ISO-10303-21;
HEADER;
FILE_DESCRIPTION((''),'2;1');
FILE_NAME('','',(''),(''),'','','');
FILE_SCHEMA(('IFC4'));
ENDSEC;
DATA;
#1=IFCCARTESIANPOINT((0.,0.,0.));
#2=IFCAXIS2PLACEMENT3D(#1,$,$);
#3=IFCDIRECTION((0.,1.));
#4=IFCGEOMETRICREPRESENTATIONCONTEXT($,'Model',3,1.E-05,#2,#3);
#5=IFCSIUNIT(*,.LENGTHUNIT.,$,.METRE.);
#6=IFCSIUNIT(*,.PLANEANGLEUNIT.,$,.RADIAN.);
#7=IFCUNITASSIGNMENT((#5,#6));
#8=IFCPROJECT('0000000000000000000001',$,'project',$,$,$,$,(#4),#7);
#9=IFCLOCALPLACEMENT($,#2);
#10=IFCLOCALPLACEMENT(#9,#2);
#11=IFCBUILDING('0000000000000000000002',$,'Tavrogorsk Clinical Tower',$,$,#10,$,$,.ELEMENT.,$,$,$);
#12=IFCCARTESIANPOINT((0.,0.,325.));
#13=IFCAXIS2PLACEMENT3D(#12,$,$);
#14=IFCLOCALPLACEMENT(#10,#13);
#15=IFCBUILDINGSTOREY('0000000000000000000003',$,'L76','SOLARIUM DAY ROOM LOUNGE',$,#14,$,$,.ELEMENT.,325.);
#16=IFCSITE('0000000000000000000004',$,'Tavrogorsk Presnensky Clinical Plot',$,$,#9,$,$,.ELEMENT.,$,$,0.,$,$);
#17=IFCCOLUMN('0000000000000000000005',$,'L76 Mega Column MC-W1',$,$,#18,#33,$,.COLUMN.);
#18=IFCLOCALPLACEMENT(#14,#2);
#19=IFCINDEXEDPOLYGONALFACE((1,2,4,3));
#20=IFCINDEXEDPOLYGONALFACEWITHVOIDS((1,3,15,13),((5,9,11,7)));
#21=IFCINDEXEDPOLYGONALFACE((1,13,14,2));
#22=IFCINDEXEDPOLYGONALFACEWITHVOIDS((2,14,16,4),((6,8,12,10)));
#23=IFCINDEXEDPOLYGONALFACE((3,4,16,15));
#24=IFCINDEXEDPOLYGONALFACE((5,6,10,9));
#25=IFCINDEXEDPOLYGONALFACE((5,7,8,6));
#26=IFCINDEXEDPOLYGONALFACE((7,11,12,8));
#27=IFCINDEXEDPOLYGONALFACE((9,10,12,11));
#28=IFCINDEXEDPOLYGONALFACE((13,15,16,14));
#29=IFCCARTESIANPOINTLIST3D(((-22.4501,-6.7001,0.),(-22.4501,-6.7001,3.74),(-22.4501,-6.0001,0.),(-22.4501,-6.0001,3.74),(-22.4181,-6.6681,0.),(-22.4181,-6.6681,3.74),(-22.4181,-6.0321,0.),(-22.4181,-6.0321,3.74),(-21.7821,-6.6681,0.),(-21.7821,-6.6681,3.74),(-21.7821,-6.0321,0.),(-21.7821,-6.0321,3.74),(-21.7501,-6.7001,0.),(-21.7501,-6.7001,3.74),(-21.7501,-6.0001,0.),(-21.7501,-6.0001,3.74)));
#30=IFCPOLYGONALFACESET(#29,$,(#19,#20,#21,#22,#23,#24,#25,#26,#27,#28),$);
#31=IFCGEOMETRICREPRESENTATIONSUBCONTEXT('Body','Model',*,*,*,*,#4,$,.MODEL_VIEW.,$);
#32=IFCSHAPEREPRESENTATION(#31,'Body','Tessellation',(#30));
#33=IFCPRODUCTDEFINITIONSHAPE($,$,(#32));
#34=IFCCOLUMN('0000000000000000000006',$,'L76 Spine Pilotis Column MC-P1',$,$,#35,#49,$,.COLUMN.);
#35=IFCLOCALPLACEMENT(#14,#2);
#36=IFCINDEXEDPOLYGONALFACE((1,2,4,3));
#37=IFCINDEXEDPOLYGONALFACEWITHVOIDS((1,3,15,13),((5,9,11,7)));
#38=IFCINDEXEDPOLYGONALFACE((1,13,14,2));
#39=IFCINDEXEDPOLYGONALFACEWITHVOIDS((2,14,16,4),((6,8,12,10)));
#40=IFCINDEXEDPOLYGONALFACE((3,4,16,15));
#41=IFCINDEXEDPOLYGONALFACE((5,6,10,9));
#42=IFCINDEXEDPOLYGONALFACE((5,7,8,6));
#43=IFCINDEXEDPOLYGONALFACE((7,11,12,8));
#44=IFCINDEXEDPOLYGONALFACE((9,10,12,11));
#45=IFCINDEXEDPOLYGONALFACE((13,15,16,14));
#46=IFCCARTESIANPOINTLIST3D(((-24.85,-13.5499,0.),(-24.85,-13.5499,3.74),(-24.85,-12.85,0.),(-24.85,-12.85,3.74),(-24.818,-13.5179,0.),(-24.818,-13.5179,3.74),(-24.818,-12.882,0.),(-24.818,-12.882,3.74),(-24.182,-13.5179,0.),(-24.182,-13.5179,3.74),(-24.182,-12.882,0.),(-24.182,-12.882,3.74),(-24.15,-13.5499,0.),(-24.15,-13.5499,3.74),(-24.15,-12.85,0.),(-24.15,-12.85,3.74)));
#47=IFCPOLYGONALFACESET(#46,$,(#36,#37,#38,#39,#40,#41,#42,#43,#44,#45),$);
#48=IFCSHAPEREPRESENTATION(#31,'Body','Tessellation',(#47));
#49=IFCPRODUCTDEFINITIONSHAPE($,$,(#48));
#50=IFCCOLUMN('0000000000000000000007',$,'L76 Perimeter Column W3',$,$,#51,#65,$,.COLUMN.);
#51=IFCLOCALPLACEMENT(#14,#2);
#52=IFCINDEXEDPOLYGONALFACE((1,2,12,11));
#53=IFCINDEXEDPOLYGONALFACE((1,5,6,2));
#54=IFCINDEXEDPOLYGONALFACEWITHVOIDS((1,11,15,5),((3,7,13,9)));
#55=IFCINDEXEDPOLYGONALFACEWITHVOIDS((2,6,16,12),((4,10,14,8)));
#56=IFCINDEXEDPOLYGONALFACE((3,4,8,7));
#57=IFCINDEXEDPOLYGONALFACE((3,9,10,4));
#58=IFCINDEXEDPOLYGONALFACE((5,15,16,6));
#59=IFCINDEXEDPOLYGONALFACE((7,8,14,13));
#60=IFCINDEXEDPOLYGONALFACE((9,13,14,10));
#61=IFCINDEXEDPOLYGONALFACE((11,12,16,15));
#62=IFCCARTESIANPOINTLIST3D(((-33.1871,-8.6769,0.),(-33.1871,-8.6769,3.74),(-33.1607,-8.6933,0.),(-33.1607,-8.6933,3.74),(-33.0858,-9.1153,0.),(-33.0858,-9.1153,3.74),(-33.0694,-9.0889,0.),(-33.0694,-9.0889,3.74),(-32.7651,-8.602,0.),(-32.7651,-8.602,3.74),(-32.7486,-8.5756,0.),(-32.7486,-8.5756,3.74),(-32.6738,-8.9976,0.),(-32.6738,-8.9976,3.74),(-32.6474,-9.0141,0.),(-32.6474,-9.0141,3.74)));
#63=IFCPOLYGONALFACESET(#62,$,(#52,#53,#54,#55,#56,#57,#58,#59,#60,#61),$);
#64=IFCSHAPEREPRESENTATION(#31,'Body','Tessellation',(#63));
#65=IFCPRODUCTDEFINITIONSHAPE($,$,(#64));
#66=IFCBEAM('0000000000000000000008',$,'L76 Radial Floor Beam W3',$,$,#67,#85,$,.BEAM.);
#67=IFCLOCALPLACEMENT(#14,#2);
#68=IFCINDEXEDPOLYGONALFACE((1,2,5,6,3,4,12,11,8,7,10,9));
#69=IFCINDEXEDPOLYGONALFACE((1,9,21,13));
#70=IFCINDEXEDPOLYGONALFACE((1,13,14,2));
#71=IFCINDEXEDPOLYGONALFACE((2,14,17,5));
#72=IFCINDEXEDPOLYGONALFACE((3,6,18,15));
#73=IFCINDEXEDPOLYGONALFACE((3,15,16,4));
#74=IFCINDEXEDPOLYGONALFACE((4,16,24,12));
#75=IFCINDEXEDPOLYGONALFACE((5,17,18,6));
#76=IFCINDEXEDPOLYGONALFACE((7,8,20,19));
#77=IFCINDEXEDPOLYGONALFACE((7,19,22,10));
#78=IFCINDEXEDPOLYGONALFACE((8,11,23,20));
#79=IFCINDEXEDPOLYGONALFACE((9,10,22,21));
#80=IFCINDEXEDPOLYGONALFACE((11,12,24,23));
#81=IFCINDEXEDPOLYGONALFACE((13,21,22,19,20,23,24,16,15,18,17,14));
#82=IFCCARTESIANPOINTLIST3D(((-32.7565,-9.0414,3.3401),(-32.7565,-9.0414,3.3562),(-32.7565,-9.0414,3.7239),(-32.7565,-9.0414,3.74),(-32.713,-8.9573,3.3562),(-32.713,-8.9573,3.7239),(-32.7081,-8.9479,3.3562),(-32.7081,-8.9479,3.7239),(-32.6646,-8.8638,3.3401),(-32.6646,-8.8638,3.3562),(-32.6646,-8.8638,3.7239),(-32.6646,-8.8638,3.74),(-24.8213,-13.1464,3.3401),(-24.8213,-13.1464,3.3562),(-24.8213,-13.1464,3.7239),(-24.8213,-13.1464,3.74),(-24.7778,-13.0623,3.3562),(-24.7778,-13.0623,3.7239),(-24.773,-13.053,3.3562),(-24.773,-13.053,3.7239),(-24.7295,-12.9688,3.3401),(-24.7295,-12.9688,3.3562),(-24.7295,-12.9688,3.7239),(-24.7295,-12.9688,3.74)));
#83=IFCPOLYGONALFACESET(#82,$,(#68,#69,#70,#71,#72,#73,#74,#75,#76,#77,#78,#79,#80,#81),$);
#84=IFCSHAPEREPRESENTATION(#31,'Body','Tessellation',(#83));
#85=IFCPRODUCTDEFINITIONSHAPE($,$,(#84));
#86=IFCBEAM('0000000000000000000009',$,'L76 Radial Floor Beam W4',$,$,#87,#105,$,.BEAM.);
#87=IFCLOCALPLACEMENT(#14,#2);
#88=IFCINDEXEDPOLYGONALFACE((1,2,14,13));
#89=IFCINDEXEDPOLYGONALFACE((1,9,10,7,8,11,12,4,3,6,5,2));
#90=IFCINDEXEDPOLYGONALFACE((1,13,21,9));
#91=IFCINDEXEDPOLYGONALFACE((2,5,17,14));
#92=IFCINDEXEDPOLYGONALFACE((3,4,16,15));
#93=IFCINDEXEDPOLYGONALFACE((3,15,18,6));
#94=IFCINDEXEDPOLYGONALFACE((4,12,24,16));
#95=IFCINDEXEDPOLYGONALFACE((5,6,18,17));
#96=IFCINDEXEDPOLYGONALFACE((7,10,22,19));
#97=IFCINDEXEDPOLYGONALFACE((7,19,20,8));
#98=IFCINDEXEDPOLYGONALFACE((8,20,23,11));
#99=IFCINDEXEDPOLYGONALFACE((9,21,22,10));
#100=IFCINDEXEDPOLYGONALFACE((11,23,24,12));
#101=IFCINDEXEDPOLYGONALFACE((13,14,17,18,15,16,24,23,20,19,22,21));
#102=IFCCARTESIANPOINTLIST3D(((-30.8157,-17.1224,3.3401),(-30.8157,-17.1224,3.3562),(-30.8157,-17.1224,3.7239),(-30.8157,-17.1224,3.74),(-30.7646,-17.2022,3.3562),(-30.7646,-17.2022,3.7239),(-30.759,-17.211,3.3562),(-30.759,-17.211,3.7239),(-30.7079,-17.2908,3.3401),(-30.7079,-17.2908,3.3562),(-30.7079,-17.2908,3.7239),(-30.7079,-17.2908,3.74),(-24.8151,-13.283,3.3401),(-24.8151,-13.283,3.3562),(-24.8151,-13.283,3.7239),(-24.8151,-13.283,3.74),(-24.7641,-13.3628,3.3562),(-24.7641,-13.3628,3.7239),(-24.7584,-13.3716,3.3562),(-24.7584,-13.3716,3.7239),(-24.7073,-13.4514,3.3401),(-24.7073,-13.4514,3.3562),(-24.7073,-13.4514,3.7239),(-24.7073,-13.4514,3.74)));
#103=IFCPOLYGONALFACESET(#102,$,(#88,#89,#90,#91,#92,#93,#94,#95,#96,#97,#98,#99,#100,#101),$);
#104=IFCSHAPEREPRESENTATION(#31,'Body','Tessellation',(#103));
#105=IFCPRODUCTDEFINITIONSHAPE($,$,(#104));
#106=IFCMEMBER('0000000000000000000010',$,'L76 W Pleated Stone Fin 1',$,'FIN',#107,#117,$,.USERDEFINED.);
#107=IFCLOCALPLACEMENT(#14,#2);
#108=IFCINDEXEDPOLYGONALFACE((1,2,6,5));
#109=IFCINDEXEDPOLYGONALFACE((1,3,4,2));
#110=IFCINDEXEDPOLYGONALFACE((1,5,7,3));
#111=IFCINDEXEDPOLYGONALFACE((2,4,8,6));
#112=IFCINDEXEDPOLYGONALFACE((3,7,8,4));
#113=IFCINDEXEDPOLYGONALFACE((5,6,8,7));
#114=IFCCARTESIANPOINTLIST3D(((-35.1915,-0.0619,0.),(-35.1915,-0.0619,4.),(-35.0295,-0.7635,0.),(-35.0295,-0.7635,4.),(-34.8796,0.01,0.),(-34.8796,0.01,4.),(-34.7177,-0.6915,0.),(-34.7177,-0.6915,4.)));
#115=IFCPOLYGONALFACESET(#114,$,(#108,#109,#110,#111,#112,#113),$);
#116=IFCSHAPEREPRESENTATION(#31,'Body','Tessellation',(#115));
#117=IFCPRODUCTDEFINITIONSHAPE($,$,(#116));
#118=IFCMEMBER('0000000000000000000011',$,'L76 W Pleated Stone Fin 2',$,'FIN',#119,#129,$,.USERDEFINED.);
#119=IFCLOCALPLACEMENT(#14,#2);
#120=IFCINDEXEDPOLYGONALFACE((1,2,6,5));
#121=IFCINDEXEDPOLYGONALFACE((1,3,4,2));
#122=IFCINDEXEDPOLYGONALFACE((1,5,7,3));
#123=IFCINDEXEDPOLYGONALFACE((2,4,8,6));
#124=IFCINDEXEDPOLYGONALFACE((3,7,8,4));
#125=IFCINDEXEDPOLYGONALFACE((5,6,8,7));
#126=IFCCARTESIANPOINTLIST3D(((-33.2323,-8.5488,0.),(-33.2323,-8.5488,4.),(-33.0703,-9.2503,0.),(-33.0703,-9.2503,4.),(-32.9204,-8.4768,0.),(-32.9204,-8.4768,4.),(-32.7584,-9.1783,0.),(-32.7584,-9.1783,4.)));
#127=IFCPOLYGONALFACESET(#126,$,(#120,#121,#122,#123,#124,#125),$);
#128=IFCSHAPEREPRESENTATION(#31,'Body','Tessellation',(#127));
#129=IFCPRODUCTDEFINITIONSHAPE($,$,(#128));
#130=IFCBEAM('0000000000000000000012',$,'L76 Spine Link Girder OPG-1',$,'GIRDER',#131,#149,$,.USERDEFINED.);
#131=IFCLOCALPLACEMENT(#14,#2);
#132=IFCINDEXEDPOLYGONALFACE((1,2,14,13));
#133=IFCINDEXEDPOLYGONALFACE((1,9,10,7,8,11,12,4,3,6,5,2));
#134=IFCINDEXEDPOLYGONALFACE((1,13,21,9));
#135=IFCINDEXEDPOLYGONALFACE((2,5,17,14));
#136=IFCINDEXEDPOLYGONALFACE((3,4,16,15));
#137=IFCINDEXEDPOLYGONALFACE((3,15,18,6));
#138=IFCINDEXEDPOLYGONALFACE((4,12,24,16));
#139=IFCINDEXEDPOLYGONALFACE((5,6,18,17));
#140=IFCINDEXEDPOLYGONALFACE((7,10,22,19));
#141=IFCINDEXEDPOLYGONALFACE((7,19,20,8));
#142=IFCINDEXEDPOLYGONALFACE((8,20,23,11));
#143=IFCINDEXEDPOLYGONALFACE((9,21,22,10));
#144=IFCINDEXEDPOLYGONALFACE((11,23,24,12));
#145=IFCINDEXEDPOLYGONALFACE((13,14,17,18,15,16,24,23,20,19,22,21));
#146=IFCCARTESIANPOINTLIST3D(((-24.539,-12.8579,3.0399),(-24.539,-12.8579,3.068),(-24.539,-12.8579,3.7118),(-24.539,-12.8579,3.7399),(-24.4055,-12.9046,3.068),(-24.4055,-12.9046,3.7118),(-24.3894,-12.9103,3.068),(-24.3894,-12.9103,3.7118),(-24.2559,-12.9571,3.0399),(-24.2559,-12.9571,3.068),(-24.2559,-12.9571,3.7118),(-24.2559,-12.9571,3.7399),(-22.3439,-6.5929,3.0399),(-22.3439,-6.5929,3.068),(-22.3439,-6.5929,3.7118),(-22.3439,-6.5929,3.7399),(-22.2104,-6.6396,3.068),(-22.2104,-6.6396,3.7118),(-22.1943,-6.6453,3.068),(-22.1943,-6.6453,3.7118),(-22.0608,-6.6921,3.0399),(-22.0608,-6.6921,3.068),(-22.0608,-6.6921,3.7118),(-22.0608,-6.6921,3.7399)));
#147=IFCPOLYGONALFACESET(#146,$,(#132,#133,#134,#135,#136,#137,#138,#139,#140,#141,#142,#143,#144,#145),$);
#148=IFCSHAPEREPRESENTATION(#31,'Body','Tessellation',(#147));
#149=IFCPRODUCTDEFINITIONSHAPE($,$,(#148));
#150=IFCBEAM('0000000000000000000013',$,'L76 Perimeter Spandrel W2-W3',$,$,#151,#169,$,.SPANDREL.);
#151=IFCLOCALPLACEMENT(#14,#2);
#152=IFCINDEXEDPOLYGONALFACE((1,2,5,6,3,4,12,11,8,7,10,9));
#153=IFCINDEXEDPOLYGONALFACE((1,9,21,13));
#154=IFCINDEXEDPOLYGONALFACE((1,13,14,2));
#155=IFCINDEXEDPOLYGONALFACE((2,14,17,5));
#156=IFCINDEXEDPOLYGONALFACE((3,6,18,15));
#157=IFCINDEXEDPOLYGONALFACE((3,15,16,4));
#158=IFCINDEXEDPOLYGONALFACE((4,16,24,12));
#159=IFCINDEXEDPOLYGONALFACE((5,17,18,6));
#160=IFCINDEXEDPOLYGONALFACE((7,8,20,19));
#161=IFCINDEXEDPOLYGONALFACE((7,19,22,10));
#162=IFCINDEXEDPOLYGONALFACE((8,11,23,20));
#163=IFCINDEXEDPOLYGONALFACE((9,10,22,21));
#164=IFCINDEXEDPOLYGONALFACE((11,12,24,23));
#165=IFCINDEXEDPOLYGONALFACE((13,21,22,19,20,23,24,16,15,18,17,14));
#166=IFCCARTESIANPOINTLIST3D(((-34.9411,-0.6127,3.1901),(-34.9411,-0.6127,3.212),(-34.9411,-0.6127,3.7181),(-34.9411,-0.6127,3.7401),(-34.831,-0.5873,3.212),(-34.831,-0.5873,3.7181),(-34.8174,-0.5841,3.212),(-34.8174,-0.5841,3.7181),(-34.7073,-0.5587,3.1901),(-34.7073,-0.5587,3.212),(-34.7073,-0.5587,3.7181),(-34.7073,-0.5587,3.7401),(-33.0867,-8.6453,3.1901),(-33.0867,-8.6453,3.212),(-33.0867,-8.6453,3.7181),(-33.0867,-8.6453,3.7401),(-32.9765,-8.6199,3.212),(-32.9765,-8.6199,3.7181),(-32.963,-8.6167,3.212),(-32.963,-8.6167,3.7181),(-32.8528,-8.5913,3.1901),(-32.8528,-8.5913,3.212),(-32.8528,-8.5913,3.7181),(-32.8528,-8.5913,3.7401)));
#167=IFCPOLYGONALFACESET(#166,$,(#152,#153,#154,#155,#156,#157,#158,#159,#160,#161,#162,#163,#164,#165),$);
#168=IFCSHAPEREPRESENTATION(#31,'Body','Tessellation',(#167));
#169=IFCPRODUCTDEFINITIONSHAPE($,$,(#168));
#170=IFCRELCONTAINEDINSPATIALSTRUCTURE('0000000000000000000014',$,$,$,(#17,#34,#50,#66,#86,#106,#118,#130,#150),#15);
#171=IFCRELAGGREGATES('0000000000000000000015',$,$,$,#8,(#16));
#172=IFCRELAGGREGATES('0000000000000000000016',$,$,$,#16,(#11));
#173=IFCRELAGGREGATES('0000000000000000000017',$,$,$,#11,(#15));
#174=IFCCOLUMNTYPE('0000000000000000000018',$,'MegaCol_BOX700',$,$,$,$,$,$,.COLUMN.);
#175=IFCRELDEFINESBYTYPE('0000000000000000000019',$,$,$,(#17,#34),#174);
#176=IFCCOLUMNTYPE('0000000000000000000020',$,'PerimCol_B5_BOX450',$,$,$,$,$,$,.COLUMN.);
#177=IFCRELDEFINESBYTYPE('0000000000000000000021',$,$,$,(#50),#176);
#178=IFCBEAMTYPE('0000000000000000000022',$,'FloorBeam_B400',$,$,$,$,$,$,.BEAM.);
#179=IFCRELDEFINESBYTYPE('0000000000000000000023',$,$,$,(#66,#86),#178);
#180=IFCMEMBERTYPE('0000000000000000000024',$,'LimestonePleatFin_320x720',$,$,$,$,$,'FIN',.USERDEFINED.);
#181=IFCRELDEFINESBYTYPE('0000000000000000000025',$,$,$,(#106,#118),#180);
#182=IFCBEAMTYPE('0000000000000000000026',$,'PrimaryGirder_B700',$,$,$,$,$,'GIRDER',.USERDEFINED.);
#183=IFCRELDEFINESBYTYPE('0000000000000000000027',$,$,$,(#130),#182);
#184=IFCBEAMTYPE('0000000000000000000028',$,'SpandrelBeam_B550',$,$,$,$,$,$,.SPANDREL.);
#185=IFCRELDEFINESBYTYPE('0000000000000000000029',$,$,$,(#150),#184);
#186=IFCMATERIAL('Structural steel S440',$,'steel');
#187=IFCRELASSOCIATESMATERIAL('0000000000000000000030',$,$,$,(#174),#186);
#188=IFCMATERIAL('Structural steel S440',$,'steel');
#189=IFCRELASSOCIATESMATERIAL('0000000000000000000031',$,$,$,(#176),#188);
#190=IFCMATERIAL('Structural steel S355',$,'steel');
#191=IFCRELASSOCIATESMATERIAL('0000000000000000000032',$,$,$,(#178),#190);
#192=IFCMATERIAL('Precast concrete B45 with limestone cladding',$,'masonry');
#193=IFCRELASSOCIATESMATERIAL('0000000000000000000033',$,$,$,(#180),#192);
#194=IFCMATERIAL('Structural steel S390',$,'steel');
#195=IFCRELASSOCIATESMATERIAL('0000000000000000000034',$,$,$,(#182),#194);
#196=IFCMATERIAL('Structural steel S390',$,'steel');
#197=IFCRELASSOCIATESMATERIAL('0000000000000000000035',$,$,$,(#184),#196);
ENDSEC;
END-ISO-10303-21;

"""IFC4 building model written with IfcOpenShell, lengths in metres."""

from ifc_helpers import new_model, si_unit, direction, frame, origin, origin_2d, place, context, subcontext, project, spatial, rectangle, hollow_rectangle, i_section, extrude, material, material_profile, profile_set, type_object, element, save


model = new_model("IFC4")

# Units and contexts
model_context = context("Model", 3, precision=1e-05, world=origin(), true_north=direction((0.0, 1.0)))
body_context = subcontext(model_context, "Body", "Model", "MODEL_VIEW")
ifc_project = project(units=[si_unit("LENGTHUNIT", "METRE"), si_unit("PLANEANGLEUNIT", "RADIAN")], contexts=[model_context])

# Site, building, storey
site_placement = place(None, origin())
site = spatial("IfcSite", under=ifc_project, at=site_placement, Name="Tavrogorsk Presnensky Clinical Plot", CompositionType="ELEMENT", RefElevation=0.0)
building_placement = place(site_placement, origin())
building = spatial("IfcBuilding", under=site, at=building_placement, Name="Tavrogorsk Clinical Tower", CompositionType="ELEMENT")
storey_placement = place(building_placement, frame((0.0, 0.0, 325.0)))
storey = spatial("IfcBuildingStorey", under=building, at=storey_placement, Name="L76", Description="SOLARIUM DAY ROOM LOUNGE", CompositionType="ELEMENT", Elevation=325.0)

# Columns
ifc_material_1 = material(Name="Structural steel S440", Category="steel")
ifc_material_profile_1 = material_profile(ifc_material_1, hollow_rectangle(XDim=0.7, YDim=0.7, WallThickness=0.032, at=origin_2d()), Name="BOX-700x700x32")
ifc_profile_set_1 = profile_set([ifc_material_profile_1], Name="Structural steel S440")
column_type_1 = type_object("IfcColumnType", Name="MegaCol_BOX700", PredefinedType="COLUMN", material=ifc_profile_set_1)
for number, where, z_axis, x_axis, name in (
    (1, (-22.1001, -6.3501, 0.0), (0.0, 0.0, 1.0), (1.0, 0.0, 0.0), "L76 Mega Column MC-W1"),
    (2, (-24.5, -13.2, 0.0), (0.0, 0.0, 1.0), (1.0, 0.0, 0.0), "L76 Spine Pilotis Column MC-P1"),
):
    element("IfcColumn", number, at=place(storey_placement, frame(where, z_axis=z_axis, x_axis=x_axis)), inside=storey, type_object=column_type_1, Name=name, PredefinedType="COLUMN", context=body_context, shape_type="SweptSolid", body=[
        extrude(hollow_rectangle(XDim=0.7, YDim=0.7, WallThickness=0.032, at=origin_2d()), origin(), (0.0, 0.0, 1.0), 3.74),
    ])
ifc_material_2 = material(Name="Structural steel S440", Category="steel")
ifc_material_profile_2 = material_profile(ifc_material_2, hollow_rectangle(XDim=0.45, YDim=0.45, WallThickness=0.022, at=origin_2d()), Name="BOX-450x450x22")
ifc_profile_set_2 = profile_set([ifc_material_profile_2], Name="Structural steel S440")
column_type_2 = type_object("IfcColumnType", Name="PerimCol_B5_BOX450", PredefinedType="COLUMN", material=ifc_profile_set_2)
column_placement = place(storey_placement, frame((-32.9172, -8.8455, 0.0), z_axis=(0.0, 0.0, 1.0), x_axis=(0.97437, 0.224951, 0.0)))
element("IfcColumn", 3, at=column_placement, inside=storey, type_object=column_type_2, Name="L76 Perimeter Column W3", PredefinedType="COLUMN", context=body_context, shape_type="SweptSolid", body=[
    extrude(hollow_rectangle(XDim=0.45, YDim=0.45, WallThickness=0.022, at=origin_2d()), origin(), (0.0, 0.0, 1.0), 3.74),
])

# Beams
ifc_material_3 = material(Name="Structural steel S355", Category="steel")
ifc_material_profile_3 = material_profile(ifc_material_3, i_section(OverallWidth=0.2, OverallDepth=0.3999, WebThickness=0.0105, FlangeThickness=0.0161, at=origin_2d()), Name="B-400x200x10.5x16")
ifc_profile_set_3 = profile_set([ifc_material_profile_3], Name="Structural steel S355")
beam_type_1 = type_object("IfcBeamType", Name="FloorBeam_B400", PredefinedType="BEAM", material=ifc_profile_set_3)
beam_1_placement = place(storey_placement, frame((-24.7754, -13.0576, 3.54), z_axis=(-0.888188, 0.459479, 0.0), x_axis=(-0.459479, -0.888188, 0.0)))
element("IfcBeam", 4, at=beam_1_placement, inside=storey, type_object=beam_type_1, Name="L76 Radial Floor Beam W3", PredefinedType="BEAM", context=body_context, shape_type="SweptSolid", body=[
    extrude(i_section(OverallWidth=0.2, OverallDepth=0.3999, WebThickness=0.0105, FlangeThickness=0.0161, at=origin_2d()), origin(), (0.0, 0.0, 1.0), 8.9341),
])
beam_2_placement = place(storey_placement, frame((-24.7612, -13.3672, 3.54), z_axis=(-0.842332, -0.538958, 0.0), x_axis=(0.538958, -0.842332, 0.0)))
element("IfcBeam", 5, at=beam_2_placement, inside=storey, type_object=beam_type_1, Name="L76 Radial Floor Beam W4", PredefinedType="BEAM", context=body_context, shape_type="SweptSolid", body=[
    extrude(i_section(OverallWidth=0.2, OverallDepth=0.3999, WebThickness=0.0105, FlangeThickness=0.0161, at=origin_2d()), origin(), (0.0, 0.0, 1.0), 7.1238),
])

# Members
ifc_material_4 = material(Name="Precast concrete B45 with limestone cladding", Category="masonry")
ifc_material_profile_4 = material_profile(ifc_material_4, rectangle(XDim=0.3201, YDim=0.72, at=origin_2d()), Name="LIMESTONE-FIN-320x720")
ifc_profile_set_4 = profile_set([ifc_material_profile_4], Name="Precast concrete B45 with limestone cladding")
member_type = type_object("IfcMemberType", Name="LimestonePleatFin_320x720", ElementType="FIN", PredefinedType="USERDEFINED", material=ifc_profile_set_4)
for number, where, z_axis, x_axis, name in (
    (6, (-34.9546, -0.3767, 0.0), (0.0, 0.0, 1.0), (0.97437, 0.224951, 0.0), "L76 W Pleated Stone Fin 1"),
    (7, (-32.9954, -8.8635, 0.0), (0.0, 0.0, 1.0), (0.97437, 0.224951, 0.0), "L76 W Pleated Stone Fin 2"),
):
    element("IfcMember", number, at=place(storey_placement, frame(where, z_axis=z_axis, x_axis=x_axis)), inside=storey, type_object=member_type, Name=name, ObjectType="FIN", PredefinedType="USERDEFINED", context=body_context, shape_type="SweptSolid", body=[
        extrude(rectangle(XDim=0.3201, YDim=0.72, at=origin_2d()), origin(), (0.0, 0.0, 1.0), 4.0),
    ])

# Beams
ifc_material_5 = material(Name="Structural steel S390", Category="steel")
ifc_material_profile_5 = material_profile(ifc_material_5, i_section(OverallWidth=0.3, OverallDepth=0.7, WebThickness=0.0171, FlangeThickness=0.0281, at=origin_2d()), Name="B-700x300x17x28")
ifc_profile_set_5 = profile_set([ifc_material_profile_5], Name="Structural steel S390")
beam_type_2 = type_object("IfcBeamType", Name="PrimaryGirder_B700", ElementType="GIRDER", PredefinedType="USERDEFINED", material=ifc_profile_set_5)
beam_3_placement = place(storey_placement, frame((-24.3975, -12.9075, 3.3899), z_axis=(0.330667, 0.943748, 0.0), x_axis=(-0.943748, 0.330667, 0.0)))
element("IfcBeam", 8, at=beam_3_placement, inside=storey, type_object=beam_type_2, Name="L76 Spine Link Girder OPG-1", ObjectType="GIRDER", PredefinedType="USERDEFINED", context=body_context, shape_type="SweptSolid", body=[
    extrude(i_section(OverallWidth=0.3, OverallDepth=0.7, WebThickness=0.0171, FlangeThickness=0.0281, at=origin_2d()), origin(), (0.0, 0.0, 1.0), 6.6384),
])
ifc_material_6 = material(Name="Structural steel S390", Category="steel")
ifc_material_profile_6 = material_profile(ifc_material_6, i_section(OverallWidth=0.24, OverallDepth=0.55, WebThickness=0.0139, FlangeThickness=0.022, at=origin_2d()), Name="B-550x240x14x22")
ifc_profile_set_6 = profile_set([ifc_material_profile_6], Name="Structural steel S390")
beam_type_3 = type_object("IfcBeamType", Name="SpandrelBeam_B550", PredefinedType="SPANDREL", material=ifc_profile_set_6)
beam_4_placement = place(storey_placement, frame((-34.8242, -0.5857, 3.4651), z_axis=(0.22495, -0.97437, 0.0), x_axis=(0.97437, 0.22495, 0.0)))
element("IfcBeam", 9, at=beam_4_placement, inside=storey, type_object=beam_type_3, Name="L76 Perimeter Spandrel W2-W3", PredefinedType="SPANDREL", context=body_context, shape_type="SweptSolid", body=[
    extrude(i_section(OverallWidth=0.24, OverallDepth=0.55, WebThickness=0.0139, FlangeThickness=0.022, at=origin_2d()), origin(), (0.0, 0.0, 1.0), 8.2439),
])

save(model, "model.ifc")
